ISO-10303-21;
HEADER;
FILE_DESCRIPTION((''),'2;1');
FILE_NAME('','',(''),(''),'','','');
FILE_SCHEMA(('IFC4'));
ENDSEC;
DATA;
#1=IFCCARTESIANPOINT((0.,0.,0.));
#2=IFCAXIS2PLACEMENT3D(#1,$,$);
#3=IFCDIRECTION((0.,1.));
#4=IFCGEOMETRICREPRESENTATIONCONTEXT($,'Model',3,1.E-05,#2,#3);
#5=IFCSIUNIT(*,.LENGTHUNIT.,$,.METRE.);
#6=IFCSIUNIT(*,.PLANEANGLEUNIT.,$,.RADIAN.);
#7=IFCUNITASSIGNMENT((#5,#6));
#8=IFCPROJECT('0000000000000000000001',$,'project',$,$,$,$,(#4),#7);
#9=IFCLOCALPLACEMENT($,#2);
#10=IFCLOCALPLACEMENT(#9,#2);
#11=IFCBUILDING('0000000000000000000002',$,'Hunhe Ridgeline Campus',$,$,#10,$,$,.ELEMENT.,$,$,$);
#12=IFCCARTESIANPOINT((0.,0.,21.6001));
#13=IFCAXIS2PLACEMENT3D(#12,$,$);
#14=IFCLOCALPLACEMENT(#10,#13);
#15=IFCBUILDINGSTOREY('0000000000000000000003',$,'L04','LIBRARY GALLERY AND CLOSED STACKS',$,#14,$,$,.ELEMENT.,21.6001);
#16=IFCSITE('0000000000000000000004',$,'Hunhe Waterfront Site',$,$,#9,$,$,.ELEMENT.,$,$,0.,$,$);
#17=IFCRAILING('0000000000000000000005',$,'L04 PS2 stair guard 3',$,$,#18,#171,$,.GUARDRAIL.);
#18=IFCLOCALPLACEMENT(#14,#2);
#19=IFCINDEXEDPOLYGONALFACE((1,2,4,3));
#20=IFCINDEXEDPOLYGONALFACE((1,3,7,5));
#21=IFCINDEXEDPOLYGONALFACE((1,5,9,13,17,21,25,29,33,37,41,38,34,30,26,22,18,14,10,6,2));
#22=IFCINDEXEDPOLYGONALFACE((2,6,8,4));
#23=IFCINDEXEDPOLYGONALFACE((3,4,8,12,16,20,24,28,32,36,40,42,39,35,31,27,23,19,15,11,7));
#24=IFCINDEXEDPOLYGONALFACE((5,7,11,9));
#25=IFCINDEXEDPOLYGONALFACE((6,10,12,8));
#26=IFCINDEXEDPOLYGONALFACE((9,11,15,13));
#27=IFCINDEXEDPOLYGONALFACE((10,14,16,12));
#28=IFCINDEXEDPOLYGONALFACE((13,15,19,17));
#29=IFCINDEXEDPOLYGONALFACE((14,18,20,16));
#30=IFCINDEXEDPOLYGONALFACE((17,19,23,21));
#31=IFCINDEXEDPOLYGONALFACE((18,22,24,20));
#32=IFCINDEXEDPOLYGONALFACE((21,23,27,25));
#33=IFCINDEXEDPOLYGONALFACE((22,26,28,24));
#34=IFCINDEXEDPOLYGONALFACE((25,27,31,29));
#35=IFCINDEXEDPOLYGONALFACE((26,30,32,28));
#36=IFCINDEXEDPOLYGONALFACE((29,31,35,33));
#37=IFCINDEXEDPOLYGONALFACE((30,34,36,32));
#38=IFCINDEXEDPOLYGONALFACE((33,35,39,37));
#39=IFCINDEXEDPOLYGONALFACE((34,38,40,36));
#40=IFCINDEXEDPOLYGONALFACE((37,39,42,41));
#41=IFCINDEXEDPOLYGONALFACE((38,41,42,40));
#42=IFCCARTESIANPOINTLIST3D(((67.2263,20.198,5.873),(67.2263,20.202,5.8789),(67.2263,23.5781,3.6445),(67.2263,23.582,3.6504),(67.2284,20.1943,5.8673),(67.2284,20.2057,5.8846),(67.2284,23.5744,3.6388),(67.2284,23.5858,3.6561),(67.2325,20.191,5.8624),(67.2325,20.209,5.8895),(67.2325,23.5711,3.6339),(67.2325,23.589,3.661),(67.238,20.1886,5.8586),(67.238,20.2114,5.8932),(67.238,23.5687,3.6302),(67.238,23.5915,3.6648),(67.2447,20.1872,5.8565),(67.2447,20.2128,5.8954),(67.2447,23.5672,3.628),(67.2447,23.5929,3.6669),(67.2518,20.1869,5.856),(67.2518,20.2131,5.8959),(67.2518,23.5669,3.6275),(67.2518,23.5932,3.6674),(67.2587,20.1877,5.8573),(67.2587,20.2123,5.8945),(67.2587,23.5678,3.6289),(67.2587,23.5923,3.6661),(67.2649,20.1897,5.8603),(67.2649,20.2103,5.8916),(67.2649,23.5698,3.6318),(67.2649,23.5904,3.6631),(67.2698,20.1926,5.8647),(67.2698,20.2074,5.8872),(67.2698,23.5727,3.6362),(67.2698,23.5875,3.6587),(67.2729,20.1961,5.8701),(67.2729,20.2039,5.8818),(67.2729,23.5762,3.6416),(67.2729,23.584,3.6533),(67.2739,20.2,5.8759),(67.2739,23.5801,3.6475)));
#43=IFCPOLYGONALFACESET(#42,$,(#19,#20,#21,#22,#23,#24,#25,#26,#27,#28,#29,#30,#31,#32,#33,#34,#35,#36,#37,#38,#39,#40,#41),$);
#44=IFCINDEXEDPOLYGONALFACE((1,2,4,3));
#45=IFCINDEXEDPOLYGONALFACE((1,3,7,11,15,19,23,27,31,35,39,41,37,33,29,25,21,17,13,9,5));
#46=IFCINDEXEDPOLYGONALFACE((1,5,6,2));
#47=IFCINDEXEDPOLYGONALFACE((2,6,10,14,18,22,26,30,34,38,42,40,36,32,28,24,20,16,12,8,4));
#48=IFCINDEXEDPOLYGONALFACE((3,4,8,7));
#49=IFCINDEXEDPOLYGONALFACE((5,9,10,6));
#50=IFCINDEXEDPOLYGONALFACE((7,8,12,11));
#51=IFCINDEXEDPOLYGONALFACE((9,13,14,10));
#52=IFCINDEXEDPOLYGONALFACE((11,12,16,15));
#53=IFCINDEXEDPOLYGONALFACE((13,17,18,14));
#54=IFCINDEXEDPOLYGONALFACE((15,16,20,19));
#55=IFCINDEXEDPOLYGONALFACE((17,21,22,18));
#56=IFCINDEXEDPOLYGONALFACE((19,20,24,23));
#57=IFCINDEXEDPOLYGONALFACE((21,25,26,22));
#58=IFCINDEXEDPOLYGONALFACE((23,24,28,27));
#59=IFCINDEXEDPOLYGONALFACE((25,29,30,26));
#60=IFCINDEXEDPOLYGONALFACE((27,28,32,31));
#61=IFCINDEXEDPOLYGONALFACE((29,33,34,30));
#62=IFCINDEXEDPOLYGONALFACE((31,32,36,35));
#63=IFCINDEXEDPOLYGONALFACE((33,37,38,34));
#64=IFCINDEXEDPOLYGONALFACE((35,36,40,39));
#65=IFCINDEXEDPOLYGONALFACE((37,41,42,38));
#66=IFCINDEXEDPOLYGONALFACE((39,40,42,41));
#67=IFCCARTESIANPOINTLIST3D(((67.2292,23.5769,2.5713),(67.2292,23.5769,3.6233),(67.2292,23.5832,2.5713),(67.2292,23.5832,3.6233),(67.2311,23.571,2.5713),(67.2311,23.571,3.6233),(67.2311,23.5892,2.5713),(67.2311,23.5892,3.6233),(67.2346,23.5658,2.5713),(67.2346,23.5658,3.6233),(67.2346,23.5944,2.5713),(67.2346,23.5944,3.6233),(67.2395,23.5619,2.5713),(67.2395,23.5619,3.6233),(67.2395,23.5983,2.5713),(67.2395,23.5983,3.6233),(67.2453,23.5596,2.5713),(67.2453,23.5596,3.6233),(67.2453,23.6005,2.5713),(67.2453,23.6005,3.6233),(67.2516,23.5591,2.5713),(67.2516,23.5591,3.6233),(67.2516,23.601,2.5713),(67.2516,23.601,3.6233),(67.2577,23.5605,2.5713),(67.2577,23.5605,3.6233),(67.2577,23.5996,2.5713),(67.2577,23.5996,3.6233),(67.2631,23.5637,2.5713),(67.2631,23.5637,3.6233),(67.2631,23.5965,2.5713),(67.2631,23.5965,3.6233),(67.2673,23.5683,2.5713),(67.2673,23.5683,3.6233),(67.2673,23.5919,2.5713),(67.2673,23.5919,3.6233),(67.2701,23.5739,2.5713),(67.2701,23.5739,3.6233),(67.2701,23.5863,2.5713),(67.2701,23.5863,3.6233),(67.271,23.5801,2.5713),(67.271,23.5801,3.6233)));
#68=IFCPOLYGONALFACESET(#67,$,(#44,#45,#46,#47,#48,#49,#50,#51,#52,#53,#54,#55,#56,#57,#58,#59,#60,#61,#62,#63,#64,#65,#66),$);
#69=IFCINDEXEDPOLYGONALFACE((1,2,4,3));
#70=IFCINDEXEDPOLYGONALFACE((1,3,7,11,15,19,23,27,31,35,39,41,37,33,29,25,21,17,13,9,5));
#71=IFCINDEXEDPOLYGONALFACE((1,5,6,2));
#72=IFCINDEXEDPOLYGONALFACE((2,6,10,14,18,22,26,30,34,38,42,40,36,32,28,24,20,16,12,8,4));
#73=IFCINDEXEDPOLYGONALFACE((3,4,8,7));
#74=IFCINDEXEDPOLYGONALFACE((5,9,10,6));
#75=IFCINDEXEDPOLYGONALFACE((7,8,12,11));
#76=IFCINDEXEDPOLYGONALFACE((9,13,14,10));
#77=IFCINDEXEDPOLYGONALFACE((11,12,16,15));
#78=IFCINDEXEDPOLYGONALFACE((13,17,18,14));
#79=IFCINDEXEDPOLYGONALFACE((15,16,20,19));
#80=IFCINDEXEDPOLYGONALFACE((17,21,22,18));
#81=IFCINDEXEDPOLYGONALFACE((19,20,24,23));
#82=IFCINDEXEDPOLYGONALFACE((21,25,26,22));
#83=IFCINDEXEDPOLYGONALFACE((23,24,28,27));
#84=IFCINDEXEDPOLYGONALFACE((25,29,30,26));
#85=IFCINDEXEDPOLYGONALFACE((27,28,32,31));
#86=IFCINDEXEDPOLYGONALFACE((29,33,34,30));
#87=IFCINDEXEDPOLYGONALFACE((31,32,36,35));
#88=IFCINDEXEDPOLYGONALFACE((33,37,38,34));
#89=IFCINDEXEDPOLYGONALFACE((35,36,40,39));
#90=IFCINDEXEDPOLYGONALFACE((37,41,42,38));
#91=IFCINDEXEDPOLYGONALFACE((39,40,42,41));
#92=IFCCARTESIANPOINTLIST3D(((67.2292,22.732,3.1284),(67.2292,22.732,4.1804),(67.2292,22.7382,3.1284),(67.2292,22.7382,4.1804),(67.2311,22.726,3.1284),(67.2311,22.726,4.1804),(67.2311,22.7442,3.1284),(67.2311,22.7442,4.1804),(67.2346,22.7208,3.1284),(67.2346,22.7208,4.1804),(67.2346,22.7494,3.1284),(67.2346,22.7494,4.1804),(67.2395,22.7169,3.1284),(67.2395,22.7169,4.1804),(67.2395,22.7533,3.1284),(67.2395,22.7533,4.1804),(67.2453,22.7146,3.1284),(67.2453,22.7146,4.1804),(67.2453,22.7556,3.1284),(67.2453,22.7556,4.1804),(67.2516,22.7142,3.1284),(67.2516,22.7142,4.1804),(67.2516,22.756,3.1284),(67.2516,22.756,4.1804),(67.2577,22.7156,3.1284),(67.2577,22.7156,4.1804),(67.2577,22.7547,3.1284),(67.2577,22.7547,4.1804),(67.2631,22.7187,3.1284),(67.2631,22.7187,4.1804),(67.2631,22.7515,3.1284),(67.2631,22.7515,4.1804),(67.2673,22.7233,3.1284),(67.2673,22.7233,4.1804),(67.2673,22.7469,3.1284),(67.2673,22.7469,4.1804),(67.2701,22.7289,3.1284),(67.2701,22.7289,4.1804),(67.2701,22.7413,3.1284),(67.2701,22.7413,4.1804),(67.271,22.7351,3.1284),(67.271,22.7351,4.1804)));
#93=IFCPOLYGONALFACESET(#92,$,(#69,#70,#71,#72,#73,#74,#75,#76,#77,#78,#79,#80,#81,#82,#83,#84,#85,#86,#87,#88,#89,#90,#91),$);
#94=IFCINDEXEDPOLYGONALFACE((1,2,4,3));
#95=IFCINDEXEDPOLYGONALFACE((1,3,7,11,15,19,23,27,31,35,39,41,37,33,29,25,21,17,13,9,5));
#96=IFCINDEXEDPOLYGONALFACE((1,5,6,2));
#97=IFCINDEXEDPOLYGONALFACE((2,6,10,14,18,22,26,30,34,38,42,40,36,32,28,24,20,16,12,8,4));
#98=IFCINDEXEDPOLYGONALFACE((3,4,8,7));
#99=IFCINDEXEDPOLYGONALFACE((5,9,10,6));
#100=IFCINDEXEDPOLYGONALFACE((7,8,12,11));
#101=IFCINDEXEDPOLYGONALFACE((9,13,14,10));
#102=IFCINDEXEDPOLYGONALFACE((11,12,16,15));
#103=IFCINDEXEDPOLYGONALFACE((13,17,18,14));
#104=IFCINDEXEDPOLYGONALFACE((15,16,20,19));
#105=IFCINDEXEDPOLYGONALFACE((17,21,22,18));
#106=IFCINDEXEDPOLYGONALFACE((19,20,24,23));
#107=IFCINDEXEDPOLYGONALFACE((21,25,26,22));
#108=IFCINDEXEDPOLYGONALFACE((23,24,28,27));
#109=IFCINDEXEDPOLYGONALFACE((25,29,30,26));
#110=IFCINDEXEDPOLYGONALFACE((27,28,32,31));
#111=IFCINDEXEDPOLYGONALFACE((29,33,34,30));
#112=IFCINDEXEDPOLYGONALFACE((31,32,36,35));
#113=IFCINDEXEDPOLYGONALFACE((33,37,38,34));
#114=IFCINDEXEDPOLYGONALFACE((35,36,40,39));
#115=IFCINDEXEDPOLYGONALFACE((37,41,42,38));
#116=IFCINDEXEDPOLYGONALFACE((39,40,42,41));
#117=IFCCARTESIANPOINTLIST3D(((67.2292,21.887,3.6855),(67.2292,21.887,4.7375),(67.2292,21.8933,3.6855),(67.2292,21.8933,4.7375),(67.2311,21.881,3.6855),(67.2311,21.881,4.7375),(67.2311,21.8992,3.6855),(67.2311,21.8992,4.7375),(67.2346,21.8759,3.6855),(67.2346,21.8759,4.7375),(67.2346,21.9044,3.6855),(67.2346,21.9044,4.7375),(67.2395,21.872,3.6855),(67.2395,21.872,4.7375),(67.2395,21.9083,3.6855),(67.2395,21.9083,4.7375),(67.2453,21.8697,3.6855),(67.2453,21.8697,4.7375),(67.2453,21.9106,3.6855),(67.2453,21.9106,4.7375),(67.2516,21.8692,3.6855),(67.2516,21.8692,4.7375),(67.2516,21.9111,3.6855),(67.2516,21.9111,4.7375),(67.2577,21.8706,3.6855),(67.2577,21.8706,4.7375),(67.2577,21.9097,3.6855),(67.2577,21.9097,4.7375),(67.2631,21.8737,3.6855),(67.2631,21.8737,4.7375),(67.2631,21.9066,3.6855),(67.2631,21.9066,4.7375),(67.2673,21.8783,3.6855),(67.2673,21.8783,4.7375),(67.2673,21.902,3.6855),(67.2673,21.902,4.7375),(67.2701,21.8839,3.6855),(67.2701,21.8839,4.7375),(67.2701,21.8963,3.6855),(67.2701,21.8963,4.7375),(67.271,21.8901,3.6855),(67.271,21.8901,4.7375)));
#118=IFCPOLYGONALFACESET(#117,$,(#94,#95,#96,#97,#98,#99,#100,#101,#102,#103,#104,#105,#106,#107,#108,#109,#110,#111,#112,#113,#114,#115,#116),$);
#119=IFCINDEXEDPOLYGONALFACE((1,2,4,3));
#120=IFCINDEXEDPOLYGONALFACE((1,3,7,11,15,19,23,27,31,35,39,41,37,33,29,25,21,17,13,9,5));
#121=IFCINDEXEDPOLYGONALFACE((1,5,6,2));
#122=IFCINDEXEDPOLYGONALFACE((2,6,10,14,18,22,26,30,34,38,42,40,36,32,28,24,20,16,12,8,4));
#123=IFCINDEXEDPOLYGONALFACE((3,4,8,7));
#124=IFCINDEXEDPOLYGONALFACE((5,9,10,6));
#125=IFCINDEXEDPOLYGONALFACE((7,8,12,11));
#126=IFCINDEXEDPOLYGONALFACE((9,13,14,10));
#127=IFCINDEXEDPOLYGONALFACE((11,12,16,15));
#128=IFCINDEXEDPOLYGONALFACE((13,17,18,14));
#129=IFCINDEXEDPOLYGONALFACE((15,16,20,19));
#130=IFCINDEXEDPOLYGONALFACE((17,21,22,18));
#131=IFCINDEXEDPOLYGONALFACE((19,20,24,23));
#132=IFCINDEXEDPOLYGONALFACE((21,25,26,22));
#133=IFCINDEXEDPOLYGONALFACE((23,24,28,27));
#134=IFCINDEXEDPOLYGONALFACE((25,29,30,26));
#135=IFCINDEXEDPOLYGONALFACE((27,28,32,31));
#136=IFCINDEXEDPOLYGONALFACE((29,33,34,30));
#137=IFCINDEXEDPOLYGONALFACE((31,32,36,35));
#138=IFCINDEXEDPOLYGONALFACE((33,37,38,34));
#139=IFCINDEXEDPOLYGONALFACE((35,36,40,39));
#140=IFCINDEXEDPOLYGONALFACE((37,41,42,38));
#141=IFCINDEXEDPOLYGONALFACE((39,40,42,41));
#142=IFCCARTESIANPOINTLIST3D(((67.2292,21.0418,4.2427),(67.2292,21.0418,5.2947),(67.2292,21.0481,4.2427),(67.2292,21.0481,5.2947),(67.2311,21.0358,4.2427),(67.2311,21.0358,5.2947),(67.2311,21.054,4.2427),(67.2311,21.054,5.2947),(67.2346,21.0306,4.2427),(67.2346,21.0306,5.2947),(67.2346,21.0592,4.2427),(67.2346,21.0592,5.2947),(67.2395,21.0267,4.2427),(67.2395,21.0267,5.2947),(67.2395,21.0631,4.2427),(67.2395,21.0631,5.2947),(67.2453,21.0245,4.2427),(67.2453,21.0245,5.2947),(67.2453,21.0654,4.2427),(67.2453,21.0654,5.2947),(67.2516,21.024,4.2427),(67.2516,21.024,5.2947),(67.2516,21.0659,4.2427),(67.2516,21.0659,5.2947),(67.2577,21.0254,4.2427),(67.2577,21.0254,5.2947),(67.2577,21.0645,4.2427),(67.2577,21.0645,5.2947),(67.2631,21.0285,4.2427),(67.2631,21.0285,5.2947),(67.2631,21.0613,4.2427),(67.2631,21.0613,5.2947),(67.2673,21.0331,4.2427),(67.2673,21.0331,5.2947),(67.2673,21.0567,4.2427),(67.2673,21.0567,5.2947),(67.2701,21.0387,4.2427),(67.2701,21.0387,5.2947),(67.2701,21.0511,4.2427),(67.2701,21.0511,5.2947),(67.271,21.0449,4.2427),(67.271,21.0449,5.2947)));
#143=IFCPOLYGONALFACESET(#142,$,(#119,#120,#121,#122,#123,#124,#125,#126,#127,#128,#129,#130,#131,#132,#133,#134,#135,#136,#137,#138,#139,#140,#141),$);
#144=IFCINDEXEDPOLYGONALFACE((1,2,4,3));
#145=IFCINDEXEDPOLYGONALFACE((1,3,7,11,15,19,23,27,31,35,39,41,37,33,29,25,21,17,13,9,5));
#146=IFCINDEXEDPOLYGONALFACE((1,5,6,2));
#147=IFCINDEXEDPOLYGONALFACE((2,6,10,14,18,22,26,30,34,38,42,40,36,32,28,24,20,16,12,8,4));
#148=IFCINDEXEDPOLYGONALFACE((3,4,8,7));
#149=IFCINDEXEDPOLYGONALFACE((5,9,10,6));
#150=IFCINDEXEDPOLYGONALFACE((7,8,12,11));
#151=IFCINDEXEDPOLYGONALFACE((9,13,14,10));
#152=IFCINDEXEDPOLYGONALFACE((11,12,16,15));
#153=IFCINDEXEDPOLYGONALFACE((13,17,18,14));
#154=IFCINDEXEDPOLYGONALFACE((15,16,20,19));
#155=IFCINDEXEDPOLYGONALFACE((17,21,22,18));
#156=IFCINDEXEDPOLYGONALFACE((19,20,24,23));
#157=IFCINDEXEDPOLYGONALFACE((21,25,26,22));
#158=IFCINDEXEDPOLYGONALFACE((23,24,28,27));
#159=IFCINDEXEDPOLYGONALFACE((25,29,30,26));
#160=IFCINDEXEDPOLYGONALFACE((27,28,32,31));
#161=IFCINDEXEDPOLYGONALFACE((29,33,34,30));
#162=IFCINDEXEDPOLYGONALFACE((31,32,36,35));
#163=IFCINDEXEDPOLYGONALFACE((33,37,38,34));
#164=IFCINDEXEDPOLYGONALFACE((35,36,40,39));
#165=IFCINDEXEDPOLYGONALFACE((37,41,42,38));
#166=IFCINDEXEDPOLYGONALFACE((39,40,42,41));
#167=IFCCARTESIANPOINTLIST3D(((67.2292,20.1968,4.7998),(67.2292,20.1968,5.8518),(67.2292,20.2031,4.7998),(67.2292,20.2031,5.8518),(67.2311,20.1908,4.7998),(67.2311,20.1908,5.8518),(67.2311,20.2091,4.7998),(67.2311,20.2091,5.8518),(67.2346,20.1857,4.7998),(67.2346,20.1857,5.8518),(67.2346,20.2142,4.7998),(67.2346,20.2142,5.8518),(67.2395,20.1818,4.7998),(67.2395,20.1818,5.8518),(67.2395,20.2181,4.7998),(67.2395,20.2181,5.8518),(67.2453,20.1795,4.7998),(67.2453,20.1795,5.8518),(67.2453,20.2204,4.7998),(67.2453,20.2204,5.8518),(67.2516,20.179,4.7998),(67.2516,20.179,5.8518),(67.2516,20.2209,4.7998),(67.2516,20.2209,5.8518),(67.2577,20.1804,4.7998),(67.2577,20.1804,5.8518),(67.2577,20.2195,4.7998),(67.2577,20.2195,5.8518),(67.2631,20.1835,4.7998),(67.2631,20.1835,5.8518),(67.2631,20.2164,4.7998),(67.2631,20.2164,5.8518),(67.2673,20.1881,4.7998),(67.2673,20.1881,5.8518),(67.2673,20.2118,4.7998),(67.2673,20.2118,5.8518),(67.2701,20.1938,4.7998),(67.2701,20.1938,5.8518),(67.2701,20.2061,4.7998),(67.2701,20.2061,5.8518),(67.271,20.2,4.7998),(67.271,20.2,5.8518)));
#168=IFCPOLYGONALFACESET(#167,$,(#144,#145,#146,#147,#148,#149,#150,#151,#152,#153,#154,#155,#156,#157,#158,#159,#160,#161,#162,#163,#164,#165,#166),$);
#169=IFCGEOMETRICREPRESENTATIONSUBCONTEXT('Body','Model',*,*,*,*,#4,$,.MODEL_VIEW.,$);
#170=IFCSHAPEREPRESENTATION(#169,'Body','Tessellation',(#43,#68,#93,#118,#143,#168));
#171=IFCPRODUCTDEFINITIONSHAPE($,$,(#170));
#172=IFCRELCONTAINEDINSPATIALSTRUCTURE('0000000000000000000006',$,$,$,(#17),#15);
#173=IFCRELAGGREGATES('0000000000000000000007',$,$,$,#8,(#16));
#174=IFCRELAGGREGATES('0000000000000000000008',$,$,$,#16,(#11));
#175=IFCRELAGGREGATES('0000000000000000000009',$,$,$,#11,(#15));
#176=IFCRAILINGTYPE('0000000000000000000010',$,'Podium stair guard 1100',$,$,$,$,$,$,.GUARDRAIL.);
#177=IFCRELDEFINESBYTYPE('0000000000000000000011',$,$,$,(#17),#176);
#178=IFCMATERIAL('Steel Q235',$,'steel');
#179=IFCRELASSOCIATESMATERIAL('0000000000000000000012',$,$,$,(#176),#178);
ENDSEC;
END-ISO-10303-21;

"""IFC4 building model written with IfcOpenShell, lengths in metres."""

from ifc_helpers import new_model, si_unit, direction, frame, origin, origin_2d, place, context, subcontext, project, spatial, circle, extrude, material, type_object, element, save


model = new_model("IFC4")

# Units and contexts
model_context = context("Model", 3, precision=1e-05, world=origin(), true_north=direction((0.0, 1.0)))
body_context = subcontext(model_context, "Body", "Model", "MODEL_VIEW")
ifc_project = project(units=[si_unit("LENGTHUNIT", "METRE"), si_unit("PLANEANGLEUNIT", "RADIAN")], contexts=[model_context])

# Site, building, storey
site_placement = place(None, origin())
site = spatial("IfcSite", under=ifc_project, at=site_placement, Name="Hunhe Waterfront Site", CompositionType="ELEMENT", RefElevation=0.0)
building_placement = place(site_placement, origin())
building = spatial("IfcBuilding", under=site, at=building_placement, Name="Hunhe Ridgeline Campus", CompositionType="ELEMENT")
storey_placement = place(building_placement, frame((0.0, 0.0, 21.6001)))
storey = spatial("IfcBuildingStorey", under=building, at=storey_placement, Name="L04", Description="LIBRARY GALLERY AND CLOSED STACKS", CompositionType="ELEMENT", Elevation=21.6001)

# Shared definitions
ifc_material_1 = material(Name="Steel Q235", Category="steel")

# Railing
railing_type_1 = type_object("IfcRailingType", Name="Podium stair guard 1100", PredefinedType="GUARDRAIL", material=ifc_material_1)
railing_1_placement = place(storey_placement, frame((67.25, 23.5801, 2.5713)))
element("IfcRailing", 1, at=railing_1_placement, inside=storey, type_object=railing_type_1, Name="L04 PS2 stair guard 3", PredefinedType="GUARDRAIL", context=body_context, shape_type="SweptSolid", body=[
    extrude(circle(Radius=0.0239, at=origin_2d()), frame((0.0, 0.0, 1.0762), z_axis=(0.0, -0.834878, 0.550435), x_axis=(1.0, 0.0, 0.0)), (0.0, 0.0, 1.0), 4.0486),
    extrude(circle(Radius=0.021, at=origin_2d()), origin(), (0.0, 0.0, 1.0), 1.052),
    extrude(circle(Radius=0.021, at=origin_2d()), frame((0.0, -0.845, 0.5571)), (0.0, 0.0, 1.0), 1.052),
    extrude(circle(Radius=0.021, at=origin_2d()), frame((0.0, -1.6899, 1.1143)), (0.0, 0.0, 1.0), 1.052),
    extrude(circle(Radius=0.021, at=origin_2d()), frame((0.0, -2.5352, 1.6714)), (0.0, 0.0, 1.0), 1.052),
    extrude(circle(Radius=0.021, at=origin_2d()), frame((0.0, -3.3801, 2.2285)), (0.0, 0.0, 1.0), 1.052),
])

save(model, "model.ifc")
